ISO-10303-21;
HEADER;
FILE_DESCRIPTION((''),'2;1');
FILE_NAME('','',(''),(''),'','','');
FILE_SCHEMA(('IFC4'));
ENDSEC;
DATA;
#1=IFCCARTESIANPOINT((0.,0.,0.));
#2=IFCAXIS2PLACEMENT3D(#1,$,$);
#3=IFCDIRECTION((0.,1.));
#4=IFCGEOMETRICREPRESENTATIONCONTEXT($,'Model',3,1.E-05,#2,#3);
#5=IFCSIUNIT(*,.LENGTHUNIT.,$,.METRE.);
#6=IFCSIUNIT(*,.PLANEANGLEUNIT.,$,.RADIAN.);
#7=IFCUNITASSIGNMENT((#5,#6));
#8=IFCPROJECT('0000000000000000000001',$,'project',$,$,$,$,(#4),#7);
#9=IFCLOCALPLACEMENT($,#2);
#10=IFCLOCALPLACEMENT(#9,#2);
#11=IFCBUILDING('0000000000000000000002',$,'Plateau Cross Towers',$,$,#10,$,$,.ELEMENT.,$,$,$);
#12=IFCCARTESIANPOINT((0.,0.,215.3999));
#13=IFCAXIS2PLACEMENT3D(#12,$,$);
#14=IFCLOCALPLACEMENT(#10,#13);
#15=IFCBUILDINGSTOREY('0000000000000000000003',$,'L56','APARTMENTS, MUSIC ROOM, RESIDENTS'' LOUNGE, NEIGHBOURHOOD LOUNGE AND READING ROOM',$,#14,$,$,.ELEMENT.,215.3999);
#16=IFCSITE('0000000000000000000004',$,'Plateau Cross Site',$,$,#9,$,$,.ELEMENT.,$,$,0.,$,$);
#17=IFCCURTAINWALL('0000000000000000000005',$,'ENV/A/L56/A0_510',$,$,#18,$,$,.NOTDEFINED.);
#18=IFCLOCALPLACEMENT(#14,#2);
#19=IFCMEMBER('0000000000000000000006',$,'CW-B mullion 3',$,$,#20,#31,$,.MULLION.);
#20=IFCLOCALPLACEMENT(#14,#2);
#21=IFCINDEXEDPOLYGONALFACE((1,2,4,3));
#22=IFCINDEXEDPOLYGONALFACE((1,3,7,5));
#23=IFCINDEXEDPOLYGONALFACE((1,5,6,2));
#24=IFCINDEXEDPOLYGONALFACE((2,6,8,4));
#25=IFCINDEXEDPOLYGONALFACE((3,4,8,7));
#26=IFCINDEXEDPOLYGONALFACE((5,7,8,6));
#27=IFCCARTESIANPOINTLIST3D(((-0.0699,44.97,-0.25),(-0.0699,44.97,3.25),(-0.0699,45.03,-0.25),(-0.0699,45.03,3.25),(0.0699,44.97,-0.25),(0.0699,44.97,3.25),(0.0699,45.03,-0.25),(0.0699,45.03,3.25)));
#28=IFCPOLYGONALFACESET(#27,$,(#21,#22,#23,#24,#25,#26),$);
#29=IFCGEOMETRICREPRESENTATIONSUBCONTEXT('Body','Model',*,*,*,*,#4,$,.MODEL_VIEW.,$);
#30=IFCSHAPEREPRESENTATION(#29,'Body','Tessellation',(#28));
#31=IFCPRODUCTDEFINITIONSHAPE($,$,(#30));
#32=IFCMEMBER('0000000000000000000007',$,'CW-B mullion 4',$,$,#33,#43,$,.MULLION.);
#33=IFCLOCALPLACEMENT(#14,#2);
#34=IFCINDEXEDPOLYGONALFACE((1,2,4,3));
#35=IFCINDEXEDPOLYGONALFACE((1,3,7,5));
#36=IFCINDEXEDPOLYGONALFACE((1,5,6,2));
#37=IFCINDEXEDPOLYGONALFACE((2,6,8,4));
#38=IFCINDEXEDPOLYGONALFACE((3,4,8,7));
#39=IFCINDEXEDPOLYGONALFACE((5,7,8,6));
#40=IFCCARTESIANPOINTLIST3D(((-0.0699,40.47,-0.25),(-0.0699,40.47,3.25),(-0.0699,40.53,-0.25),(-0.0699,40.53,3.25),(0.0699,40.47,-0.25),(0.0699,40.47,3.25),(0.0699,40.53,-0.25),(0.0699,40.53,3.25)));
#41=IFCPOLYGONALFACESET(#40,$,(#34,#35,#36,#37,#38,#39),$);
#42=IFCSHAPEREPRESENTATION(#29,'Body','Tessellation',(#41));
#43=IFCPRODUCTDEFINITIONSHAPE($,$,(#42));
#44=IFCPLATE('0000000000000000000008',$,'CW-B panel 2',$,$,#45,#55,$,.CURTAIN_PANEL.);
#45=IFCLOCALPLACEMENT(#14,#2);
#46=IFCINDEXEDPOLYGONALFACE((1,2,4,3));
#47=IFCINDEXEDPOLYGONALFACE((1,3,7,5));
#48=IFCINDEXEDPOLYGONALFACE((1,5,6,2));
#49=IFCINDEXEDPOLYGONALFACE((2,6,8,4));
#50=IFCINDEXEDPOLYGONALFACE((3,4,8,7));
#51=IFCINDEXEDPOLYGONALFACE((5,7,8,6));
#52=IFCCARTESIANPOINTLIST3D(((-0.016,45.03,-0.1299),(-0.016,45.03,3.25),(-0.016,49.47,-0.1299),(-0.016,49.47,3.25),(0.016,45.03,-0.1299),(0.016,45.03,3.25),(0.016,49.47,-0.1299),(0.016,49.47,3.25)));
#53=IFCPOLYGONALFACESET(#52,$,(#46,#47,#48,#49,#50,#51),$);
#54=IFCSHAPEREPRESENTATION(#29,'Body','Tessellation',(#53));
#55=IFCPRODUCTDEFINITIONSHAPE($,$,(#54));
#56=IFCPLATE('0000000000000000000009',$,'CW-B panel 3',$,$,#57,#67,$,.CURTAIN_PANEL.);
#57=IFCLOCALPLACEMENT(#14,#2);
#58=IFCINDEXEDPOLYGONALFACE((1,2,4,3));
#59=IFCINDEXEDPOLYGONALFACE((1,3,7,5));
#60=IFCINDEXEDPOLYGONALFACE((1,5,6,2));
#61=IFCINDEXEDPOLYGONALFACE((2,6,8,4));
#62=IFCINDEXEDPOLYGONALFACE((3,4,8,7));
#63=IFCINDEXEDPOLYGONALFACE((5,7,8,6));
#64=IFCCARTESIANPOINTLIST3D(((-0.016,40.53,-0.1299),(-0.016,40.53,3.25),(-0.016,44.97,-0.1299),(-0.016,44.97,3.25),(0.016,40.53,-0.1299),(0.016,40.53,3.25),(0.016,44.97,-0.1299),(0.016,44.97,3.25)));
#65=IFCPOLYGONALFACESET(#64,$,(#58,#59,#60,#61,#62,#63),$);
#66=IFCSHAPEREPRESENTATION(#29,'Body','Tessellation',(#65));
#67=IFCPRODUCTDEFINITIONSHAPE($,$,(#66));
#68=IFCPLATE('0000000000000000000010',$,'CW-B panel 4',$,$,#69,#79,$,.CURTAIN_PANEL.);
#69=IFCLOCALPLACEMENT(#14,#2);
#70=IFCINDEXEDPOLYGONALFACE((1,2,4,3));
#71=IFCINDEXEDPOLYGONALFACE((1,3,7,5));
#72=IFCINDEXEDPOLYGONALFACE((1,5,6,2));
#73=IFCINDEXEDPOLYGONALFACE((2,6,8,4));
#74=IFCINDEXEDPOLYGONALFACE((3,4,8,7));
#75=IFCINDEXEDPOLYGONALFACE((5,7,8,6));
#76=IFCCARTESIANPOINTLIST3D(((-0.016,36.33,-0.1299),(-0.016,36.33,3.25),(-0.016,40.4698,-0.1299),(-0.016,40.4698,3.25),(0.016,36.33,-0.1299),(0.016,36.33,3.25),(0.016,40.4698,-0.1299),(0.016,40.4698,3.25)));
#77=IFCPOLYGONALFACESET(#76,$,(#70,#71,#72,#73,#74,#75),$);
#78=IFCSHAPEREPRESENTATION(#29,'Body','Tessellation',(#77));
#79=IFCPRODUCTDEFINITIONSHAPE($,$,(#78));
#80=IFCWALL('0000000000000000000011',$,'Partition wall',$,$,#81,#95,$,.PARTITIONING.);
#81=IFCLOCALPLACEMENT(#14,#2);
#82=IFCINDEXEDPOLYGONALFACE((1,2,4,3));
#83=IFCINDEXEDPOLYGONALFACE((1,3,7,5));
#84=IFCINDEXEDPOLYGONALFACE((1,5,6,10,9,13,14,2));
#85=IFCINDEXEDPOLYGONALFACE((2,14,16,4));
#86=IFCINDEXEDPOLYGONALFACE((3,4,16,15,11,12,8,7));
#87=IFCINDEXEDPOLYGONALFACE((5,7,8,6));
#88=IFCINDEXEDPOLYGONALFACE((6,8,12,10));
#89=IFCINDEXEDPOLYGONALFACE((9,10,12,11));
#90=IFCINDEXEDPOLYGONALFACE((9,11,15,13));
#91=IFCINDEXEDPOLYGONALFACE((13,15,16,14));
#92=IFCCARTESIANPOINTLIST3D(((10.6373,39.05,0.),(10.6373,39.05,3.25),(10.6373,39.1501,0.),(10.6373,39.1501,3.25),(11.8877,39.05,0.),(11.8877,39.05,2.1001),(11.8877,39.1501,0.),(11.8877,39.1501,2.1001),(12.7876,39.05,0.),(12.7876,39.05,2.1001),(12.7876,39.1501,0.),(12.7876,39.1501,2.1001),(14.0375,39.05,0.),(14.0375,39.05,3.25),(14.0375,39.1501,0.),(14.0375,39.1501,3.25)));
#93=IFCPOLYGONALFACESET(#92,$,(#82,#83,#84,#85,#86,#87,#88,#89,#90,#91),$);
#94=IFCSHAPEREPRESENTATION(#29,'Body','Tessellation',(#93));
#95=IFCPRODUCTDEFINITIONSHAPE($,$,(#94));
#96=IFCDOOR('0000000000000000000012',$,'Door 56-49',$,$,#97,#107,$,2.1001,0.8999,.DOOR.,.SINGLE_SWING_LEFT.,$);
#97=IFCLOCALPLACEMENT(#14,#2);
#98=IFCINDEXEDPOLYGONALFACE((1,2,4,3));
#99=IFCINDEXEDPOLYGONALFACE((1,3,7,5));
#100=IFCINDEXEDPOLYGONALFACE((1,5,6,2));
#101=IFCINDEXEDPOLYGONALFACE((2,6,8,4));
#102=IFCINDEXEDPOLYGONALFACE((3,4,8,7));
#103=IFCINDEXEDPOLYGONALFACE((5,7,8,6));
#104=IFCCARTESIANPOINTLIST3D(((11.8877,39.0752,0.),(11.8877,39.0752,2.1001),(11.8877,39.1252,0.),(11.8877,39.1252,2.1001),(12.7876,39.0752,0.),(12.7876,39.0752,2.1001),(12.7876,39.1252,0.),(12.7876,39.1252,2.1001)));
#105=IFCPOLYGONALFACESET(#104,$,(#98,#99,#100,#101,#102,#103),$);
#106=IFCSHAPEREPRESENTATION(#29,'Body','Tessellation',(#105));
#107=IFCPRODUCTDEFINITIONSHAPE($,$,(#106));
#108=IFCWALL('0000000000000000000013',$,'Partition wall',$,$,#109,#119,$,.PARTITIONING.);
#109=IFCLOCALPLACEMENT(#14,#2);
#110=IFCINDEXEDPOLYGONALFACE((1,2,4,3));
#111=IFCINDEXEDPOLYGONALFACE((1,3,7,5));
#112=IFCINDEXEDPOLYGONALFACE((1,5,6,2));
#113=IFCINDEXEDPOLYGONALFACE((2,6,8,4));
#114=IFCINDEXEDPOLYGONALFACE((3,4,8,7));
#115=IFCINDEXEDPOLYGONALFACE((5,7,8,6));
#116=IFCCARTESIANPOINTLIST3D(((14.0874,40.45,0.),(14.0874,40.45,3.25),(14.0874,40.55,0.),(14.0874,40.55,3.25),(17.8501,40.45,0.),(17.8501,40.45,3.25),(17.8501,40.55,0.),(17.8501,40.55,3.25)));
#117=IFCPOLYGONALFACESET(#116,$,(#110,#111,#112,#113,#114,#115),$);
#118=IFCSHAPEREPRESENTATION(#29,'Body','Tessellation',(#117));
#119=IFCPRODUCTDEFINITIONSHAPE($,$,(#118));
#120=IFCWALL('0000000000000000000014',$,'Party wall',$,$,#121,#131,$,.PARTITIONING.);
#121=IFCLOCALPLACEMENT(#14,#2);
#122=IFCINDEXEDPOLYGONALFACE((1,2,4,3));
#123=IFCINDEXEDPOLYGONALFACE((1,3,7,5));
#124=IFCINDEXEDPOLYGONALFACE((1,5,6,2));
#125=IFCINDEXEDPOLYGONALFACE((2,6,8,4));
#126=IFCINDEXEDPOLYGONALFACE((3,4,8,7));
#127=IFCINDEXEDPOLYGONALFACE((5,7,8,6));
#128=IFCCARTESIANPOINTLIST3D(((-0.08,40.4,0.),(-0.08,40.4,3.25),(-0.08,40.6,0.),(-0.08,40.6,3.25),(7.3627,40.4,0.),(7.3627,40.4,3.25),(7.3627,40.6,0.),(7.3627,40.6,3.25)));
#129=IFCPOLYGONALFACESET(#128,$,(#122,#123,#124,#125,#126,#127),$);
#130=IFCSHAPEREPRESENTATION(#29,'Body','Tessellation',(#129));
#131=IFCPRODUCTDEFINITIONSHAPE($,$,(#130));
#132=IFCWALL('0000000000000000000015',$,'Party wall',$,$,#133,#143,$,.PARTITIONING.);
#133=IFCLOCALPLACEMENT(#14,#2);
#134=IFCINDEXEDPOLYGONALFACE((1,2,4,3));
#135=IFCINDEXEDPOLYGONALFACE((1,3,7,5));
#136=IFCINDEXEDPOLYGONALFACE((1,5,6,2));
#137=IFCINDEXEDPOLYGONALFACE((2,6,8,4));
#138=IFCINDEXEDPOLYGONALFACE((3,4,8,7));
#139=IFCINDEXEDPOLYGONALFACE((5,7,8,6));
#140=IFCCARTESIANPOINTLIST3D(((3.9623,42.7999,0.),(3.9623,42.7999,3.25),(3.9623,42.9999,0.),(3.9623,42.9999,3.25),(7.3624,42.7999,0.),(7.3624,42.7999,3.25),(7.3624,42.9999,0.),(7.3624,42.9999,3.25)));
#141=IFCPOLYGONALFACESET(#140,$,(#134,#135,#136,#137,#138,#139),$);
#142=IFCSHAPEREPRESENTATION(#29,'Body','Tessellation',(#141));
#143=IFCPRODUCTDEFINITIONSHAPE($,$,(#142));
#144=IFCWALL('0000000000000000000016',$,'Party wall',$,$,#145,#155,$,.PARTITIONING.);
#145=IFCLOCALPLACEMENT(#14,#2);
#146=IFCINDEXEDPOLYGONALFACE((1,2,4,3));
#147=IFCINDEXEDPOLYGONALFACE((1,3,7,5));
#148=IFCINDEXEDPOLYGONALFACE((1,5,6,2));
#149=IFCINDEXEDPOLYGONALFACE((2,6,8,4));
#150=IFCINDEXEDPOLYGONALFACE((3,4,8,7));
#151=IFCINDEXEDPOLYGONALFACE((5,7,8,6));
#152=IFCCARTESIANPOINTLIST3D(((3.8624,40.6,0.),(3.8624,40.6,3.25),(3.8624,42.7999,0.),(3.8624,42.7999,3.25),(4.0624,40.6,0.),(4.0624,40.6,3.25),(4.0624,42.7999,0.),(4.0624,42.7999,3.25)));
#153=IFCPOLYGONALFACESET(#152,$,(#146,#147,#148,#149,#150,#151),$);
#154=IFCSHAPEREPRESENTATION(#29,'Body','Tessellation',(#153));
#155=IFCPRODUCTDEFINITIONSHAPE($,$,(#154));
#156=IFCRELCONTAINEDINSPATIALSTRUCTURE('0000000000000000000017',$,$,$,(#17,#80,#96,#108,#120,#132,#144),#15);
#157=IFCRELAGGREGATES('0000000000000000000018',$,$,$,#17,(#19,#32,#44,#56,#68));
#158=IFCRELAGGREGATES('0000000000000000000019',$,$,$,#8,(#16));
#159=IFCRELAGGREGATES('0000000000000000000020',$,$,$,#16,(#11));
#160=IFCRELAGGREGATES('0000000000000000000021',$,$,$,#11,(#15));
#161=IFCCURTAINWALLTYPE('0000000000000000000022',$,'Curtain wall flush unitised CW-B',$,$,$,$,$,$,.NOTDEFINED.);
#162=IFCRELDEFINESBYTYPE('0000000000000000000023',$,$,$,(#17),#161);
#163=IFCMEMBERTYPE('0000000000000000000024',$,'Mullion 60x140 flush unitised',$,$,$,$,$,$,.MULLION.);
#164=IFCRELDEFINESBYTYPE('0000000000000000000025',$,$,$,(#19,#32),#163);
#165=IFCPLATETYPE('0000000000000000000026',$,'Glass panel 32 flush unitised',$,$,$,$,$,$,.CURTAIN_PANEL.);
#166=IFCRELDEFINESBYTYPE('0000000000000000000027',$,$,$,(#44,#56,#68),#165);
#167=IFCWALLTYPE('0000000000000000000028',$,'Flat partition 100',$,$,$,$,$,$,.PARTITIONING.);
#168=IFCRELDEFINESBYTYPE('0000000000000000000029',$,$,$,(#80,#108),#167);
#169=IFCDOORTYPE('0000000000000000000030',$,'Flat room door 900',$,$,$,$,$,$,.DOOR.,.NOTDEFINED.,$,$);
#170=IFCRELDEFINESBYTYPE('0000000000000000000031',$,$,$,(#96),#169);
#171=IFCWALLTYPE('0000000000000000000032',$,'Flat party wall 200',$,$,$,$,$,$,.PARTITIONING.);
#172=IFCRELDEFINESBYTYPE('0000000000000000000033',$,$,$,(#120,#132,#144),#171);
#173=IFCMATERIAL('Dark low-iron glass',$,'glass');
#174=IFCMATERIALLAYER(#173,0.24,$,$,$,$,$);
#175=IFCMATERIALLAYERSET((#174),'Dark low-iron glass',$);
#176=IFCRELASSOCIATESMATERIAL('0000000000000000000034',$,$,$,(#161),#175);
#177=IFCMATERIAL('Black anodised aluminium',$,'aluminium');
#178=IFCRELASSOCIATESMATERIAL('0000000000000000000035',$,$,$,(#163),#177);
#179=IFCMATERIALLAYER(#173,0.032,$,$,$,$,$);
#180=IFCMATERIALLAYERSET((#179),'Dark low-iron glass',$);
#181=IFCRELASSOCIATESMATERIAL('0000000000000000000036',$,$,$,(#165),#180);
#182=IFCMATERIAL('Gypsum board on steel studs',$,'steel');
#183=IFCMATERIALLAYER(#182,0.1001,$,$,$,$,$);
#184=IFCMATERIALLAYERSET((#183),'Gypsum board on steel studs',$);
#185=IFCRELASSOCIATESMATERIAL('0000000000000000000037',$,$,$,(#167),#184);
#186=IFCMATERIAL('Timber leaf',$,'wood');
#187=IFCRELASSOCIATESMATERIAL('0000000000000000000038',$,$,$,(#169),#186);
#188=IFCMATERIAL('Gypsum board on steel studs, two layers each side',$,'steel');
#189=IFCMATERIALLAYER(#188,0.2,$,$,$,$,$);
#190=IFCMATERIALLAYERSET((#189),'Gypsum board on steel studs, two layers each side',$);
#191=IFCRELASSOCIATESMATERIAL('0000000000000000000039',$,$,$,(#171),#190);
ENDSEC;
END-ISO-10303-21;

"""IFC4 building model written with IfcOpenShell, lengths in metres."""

from ifc_helpers import new_model, si_unit, direction, frame, frame_2d, origin, origin_2d, place, context, subcontext, project, spatial, rectangle, extrude, material, layer, layer_set, material_profile, profile_set, type_object, element, fill, aggregate, save


model = new_model("IFC4")

# Units and contexts
model_context = context("Model", 3, precision=1e-05, world=origin(), true_north=direction((0.0, 1.0)))
body_context = subcontext(model_context, "Body", "Model", "MODEL_VIEW")
ifc_project = project(units=[si_unit("LENGTHUNIT", "METRE"), si_unit("PLANEANGLEUNIT", "RADIAN")], contexts=[model_context])

# Site, building, storey
site_placement = place(None, origin())
site = spatial("IfcSite", under=ifc_project, at=site_placement, Name="Plateau Cross Site", CompositionType="ELEMENT", RefElevation=0.0)
building_placement = place(site_placement, origin())
building = spatial("IfcBuilding", under=site, at=building_placement, Name="Plateau Cross Towers", CompositionType="ELEMENT")
storey_placement = place(building_placement, frame((0.0, 0.0, 215.3999)))
storey = spatial("IfcBuildingStorey", under=building, at=storey_placement, Name="L56", Description="APARTMENTS, MUSIC ROOM, RESIDENTS' LOUNGE, NEIGHBOURHOOD LOUNGE AND READING ROOM", CompositionType="ELEMENT", Elevation=215.3999)

# Curtain wall, members, plates
ifc_material_1 = material(Name="Dark low-iron glass", Category="glass")
ifc_layer_1 = layer(ifc_material_1, 0.24)
ifc_layer_set_1 = layer_set([ifc_layer_1], Name="Dark low-iron glass")
curtain_wall_type = type_object("IfcCurtainWallType", Name="Curtain wall flush unitised CW-B", PredefinedType="NOTDEFINED", material=ifc_layer_set_1)
curtain_wall_placement = place(storey_placement, origin())
curtain_wall = element("IfcCurtainWall", 1, at=curtain_wall_placement, inside=storey, type_object=curtain_wall_type, Name="ENV/A/L56/A0_510", PredefinedType="NOTDEFINED")
ifc_material_2 = material(Name="Black anodised aluminium", Category="aluminium")
ifc_material_profile = material_profile(ifc_material_2, rectangle(XDim=0.0601, YDim=0.1399, at=origin_2d()), Name="MULLION 60x140")
ifc_profile_set = profile_set([ifc_material_profile], Name="Black anodised aluminium")
member_type = type_object("IfcMemberType", Name="Mullion 60x140 flush unitised", PredefinedType="MULLION", material=ifc_profile_set)
member_1_placement = place(storey_placement, frame((0.0, 45.0, -0.25), z_axis=(0.0, 0.0, 1.0), x_axis=(0.0, -1.0, 0.0)))
member_1 = element("IfcMember", 2, at=member_1_placement, type_object=member_type, Name="CW-B mullion 3", PredefinedType="MULLION", context=body_context, shape_type="SweptSolid", body=[
    extrude(rectangle(XDim=0.0601, YDim=0.1399, at=origin_2d()), origin(), (0.0, 0.0, 1.0), 3.5),
])
member_2_placement = place(storey_placement, frame((0.0, 40.5, -0.25), z_axis=(0.0, 0.0, 1.0), x_axis=(0.0, -1.0, 0.0)))
member_2 = element("IfcMember", 3, at=member_2_placement, type_object=member_type, Name="CW-B mullion 4", PredefinedType="MULLION", context=body_context, shape_type="SweptSolid", body=[
    extrude(rectangle(XDim=0.0601, YDim=0.1399, at=origin_2d()), origin(), (0.0, 0.0, 1.0), 3.5),
])
ifc_layer_2 = layer(ifc_material_1, 0.032)
ifc_layer_set_2 = layer_set([ifc_layer_2], Name="Dark low-iron glass")
plate_type = type_object("IfcPlateType", Name="Glass panel 32 flush unitised", PredefinedType="CURTAIN_PANEL", material=ifc_layer_set_2)
plate_1_placement = place(storey_placement, frame((0.0, 47.25, -0.1299), z_axis=(0.0, 0.0, 1.0), x_axis=(0.0, -1.0, 0.0)))
plate_1 = element("IfcPlate", 4, at=plate_1_placement, type_object=plate_type, Name="CW-B panel 2", PredefinedType="CURTAIN_PANEL", context=body_context, shape_type="SweptSolid", body=[
    extrude(rectangle(XDim=4.4399, YDim=0.032, at=origin_2d()), origin(), (0.0, 0.0, 1.0), 3.3799),
])
plate_2_placement = place(storey_placement, frame((0.0, 42.75, -0.1299), z_axis=(0.0, 0.0, 1.0), x_axis=(0.0, -1.0, 0.0)))
plate_2 = element("IfcPlate", 5, at=plate_2_placement, type_object=plate_type, Name="CW-B panel 3", PredefinedType="CURTAIN_PANEL", context=body_context, shape_type="SweptSolid", body=[
    extrude(rectangle(XDim=4.4399, YDim=0.032, at=origin_2d()), origin(), (0.0, 0.0, 1.0), 3.3799),
])
plate_3_placement = place(storey_placement, frame((0.0, 38.3999, -0.1299), z_axis=(0.0, 0.0, 1.0), x_axis=(0.0, -1.0, 0.0)))
plate_3 = element("IfcPlate", 6, at=plate_3_placement, type_object=plate_type, Name="CW-B panel 4", PredefinedType="CURTAIN_PANEL", context=body_context, shape_type="SweptSolid", body=[
    extrude(rectangle(XDim=4.1399, YDim=0.032, at=origin_2d()), origin(), (0.0, 0.0, 1.0), 3.3799),
])
aggregate(curtain_wall, [member_1, member_2, plate_1, plate_2, plate_3])

# Wall, opening, door
ifc_material_3 = material(Name="Gypsum board on steel studs", Category="steel")
ifc_layer_3 = layer(ifc_material_3, 0.1001)
ifc_layer_set_3 = layer_set([ifc_layer_3], Name="Gypsum board on steel studs")
wall_type_1 = type_object("IfcWallType", Name="Flat partition 100", PredefinedType="PARTITIONING", material=ifc_layer_set_3)
wall_1_placement = place(storey_placement, frame((14.0376, 39.1001, 0.0), z_axis=(0.0, 0.0, 1.0), x_axis=(-1.0, 0.0, 0.0)))
wall_1 = element("IfcWall", 7, at=wall_1_placement, inside=storey, type_object=wall_type_1, Name="Partition wall", PredefinedType="PARTITIONING", context=body_context, shape_type="SweptSolid", body=[
    extrude(rectangle(XDim=3.4001, YDim=0.1001, at=frame_2d((1.7002, 0.0))), origin(), (0.0, 0.0, 1.0), 3.25),
])
opening_1_placement = place(wall_1_placement, frame((1.25, 0.0, 0.0)))
opening_1 = element("IfcOpeningElement", 8, at=opening_1_placement, cuts=wall_1, PredefinedType="OPENING", context=body_context, shape_type="SweptSolid", body=[
    extrude(rectangle(XDim=0.8999, YDim=2.1001, at=frame_2d((0.45, 1.05))), frame((0.0, 0.0601, 0.0), z_axis=(0.0, -1.0, 0.0), x_axis=(1.0, 0.0, 0.0)), (0.0, 0.0, 1.0), 0.1201),
])
ifc_material_4 = material(Name="Timber leaf", Category="wood")
door_type_1 = type_object("IfcDoorType", Name="Flat room door 900", OperationType="NOTDEFINED", PredefinedType="DOOR", material=ifc_material_4)
door_1_placement = place(opening_1_placement, origin())
door_1 = element("IfcDoor", 9, at=door_1_placement, inside=storey, type_object=door_type_1, Name="Door 56-49", OperationType="SINGLE_SWING_LEFT", OverallHeight=2.1001, OverallWidth=0.8999, PredefinedType="DOOR", context=body_context, shape_type="SweptSolid", body=[
    extrude(rectangle(XDim=0.8999, YDim=2.1001, at=frame_2d((0.45, 1.05))), frame((0.0, 0.0249, 0.0), z_axis=(0.0, -1.0, 0.0), x_axis=(1.0, 0.0, 0.0)), (0.0, 0.0, 1.0), 0.05),
])
fill(opening_1, door_1)

# Walls
wall_2_placement = place(storey_placement, frame((14.0874, 40.5, 0.0), z_axis=(0.0, 0.0, 1.0), x_axis=(1.0, 0.0, 0.0)))
element("IfcWall", 10, at=wall_2_placement, inside=storey, type_object=wall_type_1, Name="Partition wall", PredefinedType="PARTITIONING", context=body_context, shape_type="SweptSolid", body=[
    extrude(rectangle(XDim=3.7627, YDim=0.1001, at=frame_2d((1.8813, 0.0))), origin(), (0.0, 0.0, 1.0), 3.25),
])
ifc_material_5 = material(Name="Gypsum board on steel studs, two layers each side", Category="steel")
ifc_layer_4 = layer(ifc_material_5, 0.2)
ifc_layer_set_4 = layer_set([ifc_layer_4], Name="Gypsum board on steel studs, two layers each side")
wall_type_2 = type_object("IfcWallType", Name="Flat party wall 200", PredefinedType="PARTITIONING", material=ifc_layer_set_4)
wall_3_placement = place(storey_placement, frame((7.3625, 40.5, 0.0), z_axis=(0.0, 0.0, 1.0), x_axis=(-1.0, 0.0, 0.0)))
element("IfcWall", 11, at=wall_3_placement, inside=storey, type_object=wall_type_2, Name="Party wall", PredefinedType="PARTITIONING", context=body_context, shape_type="SweptSolid", body=[
    extrude(rectangle(XDim=7.4426, YDim=0.2, at=frame_2d((3.7212, 0.0))), origin(), (0.0, 0.0, 1.0), 3.25),
])
wall_4_placement = place(storey_placement, frame((7.3625, 42.8999, 0.0), z_axis=(0.0, 0.0, 1.0), x_axis=(-1.0, 0.0, 0.0)))
element("IfcWall", 12, at=wall_4_placement, inside=storey, type_object=wall_type_2, Name="Party wall", PredefinedType="PARTITIONING", context=body_context, shape_type="SweptSolid", body=[
    extrude(rectangle(XDim=3.4001, YDim=0.2, at=frame_2d((1.7002, 0.0))), origin(), (0.0, 0.0, 1.0), 3.25),
])
wall_5_placement = place(storey_placement, frame((3.9624, 42.8, 0.0), z_axis=(0.0, 0.0, 1.0), x_axis=(0.0, -1.0, 0.0)))
element("IfcWall", 13, at=wall_5_placement, inside=storey, type_object=wall_type_2, Name="Party wall", PredefinedType="PARTITIONING", context=body_context, shape_type="SweptSolid", body=[
    extrude(rectangle(XDim=2.2, YDim=0.2, at=frame_2d((1.1001, 0.0))), origin(), (0.0, 0.0, 1.0), 3.25),
])

save(model, "model.ifc")
